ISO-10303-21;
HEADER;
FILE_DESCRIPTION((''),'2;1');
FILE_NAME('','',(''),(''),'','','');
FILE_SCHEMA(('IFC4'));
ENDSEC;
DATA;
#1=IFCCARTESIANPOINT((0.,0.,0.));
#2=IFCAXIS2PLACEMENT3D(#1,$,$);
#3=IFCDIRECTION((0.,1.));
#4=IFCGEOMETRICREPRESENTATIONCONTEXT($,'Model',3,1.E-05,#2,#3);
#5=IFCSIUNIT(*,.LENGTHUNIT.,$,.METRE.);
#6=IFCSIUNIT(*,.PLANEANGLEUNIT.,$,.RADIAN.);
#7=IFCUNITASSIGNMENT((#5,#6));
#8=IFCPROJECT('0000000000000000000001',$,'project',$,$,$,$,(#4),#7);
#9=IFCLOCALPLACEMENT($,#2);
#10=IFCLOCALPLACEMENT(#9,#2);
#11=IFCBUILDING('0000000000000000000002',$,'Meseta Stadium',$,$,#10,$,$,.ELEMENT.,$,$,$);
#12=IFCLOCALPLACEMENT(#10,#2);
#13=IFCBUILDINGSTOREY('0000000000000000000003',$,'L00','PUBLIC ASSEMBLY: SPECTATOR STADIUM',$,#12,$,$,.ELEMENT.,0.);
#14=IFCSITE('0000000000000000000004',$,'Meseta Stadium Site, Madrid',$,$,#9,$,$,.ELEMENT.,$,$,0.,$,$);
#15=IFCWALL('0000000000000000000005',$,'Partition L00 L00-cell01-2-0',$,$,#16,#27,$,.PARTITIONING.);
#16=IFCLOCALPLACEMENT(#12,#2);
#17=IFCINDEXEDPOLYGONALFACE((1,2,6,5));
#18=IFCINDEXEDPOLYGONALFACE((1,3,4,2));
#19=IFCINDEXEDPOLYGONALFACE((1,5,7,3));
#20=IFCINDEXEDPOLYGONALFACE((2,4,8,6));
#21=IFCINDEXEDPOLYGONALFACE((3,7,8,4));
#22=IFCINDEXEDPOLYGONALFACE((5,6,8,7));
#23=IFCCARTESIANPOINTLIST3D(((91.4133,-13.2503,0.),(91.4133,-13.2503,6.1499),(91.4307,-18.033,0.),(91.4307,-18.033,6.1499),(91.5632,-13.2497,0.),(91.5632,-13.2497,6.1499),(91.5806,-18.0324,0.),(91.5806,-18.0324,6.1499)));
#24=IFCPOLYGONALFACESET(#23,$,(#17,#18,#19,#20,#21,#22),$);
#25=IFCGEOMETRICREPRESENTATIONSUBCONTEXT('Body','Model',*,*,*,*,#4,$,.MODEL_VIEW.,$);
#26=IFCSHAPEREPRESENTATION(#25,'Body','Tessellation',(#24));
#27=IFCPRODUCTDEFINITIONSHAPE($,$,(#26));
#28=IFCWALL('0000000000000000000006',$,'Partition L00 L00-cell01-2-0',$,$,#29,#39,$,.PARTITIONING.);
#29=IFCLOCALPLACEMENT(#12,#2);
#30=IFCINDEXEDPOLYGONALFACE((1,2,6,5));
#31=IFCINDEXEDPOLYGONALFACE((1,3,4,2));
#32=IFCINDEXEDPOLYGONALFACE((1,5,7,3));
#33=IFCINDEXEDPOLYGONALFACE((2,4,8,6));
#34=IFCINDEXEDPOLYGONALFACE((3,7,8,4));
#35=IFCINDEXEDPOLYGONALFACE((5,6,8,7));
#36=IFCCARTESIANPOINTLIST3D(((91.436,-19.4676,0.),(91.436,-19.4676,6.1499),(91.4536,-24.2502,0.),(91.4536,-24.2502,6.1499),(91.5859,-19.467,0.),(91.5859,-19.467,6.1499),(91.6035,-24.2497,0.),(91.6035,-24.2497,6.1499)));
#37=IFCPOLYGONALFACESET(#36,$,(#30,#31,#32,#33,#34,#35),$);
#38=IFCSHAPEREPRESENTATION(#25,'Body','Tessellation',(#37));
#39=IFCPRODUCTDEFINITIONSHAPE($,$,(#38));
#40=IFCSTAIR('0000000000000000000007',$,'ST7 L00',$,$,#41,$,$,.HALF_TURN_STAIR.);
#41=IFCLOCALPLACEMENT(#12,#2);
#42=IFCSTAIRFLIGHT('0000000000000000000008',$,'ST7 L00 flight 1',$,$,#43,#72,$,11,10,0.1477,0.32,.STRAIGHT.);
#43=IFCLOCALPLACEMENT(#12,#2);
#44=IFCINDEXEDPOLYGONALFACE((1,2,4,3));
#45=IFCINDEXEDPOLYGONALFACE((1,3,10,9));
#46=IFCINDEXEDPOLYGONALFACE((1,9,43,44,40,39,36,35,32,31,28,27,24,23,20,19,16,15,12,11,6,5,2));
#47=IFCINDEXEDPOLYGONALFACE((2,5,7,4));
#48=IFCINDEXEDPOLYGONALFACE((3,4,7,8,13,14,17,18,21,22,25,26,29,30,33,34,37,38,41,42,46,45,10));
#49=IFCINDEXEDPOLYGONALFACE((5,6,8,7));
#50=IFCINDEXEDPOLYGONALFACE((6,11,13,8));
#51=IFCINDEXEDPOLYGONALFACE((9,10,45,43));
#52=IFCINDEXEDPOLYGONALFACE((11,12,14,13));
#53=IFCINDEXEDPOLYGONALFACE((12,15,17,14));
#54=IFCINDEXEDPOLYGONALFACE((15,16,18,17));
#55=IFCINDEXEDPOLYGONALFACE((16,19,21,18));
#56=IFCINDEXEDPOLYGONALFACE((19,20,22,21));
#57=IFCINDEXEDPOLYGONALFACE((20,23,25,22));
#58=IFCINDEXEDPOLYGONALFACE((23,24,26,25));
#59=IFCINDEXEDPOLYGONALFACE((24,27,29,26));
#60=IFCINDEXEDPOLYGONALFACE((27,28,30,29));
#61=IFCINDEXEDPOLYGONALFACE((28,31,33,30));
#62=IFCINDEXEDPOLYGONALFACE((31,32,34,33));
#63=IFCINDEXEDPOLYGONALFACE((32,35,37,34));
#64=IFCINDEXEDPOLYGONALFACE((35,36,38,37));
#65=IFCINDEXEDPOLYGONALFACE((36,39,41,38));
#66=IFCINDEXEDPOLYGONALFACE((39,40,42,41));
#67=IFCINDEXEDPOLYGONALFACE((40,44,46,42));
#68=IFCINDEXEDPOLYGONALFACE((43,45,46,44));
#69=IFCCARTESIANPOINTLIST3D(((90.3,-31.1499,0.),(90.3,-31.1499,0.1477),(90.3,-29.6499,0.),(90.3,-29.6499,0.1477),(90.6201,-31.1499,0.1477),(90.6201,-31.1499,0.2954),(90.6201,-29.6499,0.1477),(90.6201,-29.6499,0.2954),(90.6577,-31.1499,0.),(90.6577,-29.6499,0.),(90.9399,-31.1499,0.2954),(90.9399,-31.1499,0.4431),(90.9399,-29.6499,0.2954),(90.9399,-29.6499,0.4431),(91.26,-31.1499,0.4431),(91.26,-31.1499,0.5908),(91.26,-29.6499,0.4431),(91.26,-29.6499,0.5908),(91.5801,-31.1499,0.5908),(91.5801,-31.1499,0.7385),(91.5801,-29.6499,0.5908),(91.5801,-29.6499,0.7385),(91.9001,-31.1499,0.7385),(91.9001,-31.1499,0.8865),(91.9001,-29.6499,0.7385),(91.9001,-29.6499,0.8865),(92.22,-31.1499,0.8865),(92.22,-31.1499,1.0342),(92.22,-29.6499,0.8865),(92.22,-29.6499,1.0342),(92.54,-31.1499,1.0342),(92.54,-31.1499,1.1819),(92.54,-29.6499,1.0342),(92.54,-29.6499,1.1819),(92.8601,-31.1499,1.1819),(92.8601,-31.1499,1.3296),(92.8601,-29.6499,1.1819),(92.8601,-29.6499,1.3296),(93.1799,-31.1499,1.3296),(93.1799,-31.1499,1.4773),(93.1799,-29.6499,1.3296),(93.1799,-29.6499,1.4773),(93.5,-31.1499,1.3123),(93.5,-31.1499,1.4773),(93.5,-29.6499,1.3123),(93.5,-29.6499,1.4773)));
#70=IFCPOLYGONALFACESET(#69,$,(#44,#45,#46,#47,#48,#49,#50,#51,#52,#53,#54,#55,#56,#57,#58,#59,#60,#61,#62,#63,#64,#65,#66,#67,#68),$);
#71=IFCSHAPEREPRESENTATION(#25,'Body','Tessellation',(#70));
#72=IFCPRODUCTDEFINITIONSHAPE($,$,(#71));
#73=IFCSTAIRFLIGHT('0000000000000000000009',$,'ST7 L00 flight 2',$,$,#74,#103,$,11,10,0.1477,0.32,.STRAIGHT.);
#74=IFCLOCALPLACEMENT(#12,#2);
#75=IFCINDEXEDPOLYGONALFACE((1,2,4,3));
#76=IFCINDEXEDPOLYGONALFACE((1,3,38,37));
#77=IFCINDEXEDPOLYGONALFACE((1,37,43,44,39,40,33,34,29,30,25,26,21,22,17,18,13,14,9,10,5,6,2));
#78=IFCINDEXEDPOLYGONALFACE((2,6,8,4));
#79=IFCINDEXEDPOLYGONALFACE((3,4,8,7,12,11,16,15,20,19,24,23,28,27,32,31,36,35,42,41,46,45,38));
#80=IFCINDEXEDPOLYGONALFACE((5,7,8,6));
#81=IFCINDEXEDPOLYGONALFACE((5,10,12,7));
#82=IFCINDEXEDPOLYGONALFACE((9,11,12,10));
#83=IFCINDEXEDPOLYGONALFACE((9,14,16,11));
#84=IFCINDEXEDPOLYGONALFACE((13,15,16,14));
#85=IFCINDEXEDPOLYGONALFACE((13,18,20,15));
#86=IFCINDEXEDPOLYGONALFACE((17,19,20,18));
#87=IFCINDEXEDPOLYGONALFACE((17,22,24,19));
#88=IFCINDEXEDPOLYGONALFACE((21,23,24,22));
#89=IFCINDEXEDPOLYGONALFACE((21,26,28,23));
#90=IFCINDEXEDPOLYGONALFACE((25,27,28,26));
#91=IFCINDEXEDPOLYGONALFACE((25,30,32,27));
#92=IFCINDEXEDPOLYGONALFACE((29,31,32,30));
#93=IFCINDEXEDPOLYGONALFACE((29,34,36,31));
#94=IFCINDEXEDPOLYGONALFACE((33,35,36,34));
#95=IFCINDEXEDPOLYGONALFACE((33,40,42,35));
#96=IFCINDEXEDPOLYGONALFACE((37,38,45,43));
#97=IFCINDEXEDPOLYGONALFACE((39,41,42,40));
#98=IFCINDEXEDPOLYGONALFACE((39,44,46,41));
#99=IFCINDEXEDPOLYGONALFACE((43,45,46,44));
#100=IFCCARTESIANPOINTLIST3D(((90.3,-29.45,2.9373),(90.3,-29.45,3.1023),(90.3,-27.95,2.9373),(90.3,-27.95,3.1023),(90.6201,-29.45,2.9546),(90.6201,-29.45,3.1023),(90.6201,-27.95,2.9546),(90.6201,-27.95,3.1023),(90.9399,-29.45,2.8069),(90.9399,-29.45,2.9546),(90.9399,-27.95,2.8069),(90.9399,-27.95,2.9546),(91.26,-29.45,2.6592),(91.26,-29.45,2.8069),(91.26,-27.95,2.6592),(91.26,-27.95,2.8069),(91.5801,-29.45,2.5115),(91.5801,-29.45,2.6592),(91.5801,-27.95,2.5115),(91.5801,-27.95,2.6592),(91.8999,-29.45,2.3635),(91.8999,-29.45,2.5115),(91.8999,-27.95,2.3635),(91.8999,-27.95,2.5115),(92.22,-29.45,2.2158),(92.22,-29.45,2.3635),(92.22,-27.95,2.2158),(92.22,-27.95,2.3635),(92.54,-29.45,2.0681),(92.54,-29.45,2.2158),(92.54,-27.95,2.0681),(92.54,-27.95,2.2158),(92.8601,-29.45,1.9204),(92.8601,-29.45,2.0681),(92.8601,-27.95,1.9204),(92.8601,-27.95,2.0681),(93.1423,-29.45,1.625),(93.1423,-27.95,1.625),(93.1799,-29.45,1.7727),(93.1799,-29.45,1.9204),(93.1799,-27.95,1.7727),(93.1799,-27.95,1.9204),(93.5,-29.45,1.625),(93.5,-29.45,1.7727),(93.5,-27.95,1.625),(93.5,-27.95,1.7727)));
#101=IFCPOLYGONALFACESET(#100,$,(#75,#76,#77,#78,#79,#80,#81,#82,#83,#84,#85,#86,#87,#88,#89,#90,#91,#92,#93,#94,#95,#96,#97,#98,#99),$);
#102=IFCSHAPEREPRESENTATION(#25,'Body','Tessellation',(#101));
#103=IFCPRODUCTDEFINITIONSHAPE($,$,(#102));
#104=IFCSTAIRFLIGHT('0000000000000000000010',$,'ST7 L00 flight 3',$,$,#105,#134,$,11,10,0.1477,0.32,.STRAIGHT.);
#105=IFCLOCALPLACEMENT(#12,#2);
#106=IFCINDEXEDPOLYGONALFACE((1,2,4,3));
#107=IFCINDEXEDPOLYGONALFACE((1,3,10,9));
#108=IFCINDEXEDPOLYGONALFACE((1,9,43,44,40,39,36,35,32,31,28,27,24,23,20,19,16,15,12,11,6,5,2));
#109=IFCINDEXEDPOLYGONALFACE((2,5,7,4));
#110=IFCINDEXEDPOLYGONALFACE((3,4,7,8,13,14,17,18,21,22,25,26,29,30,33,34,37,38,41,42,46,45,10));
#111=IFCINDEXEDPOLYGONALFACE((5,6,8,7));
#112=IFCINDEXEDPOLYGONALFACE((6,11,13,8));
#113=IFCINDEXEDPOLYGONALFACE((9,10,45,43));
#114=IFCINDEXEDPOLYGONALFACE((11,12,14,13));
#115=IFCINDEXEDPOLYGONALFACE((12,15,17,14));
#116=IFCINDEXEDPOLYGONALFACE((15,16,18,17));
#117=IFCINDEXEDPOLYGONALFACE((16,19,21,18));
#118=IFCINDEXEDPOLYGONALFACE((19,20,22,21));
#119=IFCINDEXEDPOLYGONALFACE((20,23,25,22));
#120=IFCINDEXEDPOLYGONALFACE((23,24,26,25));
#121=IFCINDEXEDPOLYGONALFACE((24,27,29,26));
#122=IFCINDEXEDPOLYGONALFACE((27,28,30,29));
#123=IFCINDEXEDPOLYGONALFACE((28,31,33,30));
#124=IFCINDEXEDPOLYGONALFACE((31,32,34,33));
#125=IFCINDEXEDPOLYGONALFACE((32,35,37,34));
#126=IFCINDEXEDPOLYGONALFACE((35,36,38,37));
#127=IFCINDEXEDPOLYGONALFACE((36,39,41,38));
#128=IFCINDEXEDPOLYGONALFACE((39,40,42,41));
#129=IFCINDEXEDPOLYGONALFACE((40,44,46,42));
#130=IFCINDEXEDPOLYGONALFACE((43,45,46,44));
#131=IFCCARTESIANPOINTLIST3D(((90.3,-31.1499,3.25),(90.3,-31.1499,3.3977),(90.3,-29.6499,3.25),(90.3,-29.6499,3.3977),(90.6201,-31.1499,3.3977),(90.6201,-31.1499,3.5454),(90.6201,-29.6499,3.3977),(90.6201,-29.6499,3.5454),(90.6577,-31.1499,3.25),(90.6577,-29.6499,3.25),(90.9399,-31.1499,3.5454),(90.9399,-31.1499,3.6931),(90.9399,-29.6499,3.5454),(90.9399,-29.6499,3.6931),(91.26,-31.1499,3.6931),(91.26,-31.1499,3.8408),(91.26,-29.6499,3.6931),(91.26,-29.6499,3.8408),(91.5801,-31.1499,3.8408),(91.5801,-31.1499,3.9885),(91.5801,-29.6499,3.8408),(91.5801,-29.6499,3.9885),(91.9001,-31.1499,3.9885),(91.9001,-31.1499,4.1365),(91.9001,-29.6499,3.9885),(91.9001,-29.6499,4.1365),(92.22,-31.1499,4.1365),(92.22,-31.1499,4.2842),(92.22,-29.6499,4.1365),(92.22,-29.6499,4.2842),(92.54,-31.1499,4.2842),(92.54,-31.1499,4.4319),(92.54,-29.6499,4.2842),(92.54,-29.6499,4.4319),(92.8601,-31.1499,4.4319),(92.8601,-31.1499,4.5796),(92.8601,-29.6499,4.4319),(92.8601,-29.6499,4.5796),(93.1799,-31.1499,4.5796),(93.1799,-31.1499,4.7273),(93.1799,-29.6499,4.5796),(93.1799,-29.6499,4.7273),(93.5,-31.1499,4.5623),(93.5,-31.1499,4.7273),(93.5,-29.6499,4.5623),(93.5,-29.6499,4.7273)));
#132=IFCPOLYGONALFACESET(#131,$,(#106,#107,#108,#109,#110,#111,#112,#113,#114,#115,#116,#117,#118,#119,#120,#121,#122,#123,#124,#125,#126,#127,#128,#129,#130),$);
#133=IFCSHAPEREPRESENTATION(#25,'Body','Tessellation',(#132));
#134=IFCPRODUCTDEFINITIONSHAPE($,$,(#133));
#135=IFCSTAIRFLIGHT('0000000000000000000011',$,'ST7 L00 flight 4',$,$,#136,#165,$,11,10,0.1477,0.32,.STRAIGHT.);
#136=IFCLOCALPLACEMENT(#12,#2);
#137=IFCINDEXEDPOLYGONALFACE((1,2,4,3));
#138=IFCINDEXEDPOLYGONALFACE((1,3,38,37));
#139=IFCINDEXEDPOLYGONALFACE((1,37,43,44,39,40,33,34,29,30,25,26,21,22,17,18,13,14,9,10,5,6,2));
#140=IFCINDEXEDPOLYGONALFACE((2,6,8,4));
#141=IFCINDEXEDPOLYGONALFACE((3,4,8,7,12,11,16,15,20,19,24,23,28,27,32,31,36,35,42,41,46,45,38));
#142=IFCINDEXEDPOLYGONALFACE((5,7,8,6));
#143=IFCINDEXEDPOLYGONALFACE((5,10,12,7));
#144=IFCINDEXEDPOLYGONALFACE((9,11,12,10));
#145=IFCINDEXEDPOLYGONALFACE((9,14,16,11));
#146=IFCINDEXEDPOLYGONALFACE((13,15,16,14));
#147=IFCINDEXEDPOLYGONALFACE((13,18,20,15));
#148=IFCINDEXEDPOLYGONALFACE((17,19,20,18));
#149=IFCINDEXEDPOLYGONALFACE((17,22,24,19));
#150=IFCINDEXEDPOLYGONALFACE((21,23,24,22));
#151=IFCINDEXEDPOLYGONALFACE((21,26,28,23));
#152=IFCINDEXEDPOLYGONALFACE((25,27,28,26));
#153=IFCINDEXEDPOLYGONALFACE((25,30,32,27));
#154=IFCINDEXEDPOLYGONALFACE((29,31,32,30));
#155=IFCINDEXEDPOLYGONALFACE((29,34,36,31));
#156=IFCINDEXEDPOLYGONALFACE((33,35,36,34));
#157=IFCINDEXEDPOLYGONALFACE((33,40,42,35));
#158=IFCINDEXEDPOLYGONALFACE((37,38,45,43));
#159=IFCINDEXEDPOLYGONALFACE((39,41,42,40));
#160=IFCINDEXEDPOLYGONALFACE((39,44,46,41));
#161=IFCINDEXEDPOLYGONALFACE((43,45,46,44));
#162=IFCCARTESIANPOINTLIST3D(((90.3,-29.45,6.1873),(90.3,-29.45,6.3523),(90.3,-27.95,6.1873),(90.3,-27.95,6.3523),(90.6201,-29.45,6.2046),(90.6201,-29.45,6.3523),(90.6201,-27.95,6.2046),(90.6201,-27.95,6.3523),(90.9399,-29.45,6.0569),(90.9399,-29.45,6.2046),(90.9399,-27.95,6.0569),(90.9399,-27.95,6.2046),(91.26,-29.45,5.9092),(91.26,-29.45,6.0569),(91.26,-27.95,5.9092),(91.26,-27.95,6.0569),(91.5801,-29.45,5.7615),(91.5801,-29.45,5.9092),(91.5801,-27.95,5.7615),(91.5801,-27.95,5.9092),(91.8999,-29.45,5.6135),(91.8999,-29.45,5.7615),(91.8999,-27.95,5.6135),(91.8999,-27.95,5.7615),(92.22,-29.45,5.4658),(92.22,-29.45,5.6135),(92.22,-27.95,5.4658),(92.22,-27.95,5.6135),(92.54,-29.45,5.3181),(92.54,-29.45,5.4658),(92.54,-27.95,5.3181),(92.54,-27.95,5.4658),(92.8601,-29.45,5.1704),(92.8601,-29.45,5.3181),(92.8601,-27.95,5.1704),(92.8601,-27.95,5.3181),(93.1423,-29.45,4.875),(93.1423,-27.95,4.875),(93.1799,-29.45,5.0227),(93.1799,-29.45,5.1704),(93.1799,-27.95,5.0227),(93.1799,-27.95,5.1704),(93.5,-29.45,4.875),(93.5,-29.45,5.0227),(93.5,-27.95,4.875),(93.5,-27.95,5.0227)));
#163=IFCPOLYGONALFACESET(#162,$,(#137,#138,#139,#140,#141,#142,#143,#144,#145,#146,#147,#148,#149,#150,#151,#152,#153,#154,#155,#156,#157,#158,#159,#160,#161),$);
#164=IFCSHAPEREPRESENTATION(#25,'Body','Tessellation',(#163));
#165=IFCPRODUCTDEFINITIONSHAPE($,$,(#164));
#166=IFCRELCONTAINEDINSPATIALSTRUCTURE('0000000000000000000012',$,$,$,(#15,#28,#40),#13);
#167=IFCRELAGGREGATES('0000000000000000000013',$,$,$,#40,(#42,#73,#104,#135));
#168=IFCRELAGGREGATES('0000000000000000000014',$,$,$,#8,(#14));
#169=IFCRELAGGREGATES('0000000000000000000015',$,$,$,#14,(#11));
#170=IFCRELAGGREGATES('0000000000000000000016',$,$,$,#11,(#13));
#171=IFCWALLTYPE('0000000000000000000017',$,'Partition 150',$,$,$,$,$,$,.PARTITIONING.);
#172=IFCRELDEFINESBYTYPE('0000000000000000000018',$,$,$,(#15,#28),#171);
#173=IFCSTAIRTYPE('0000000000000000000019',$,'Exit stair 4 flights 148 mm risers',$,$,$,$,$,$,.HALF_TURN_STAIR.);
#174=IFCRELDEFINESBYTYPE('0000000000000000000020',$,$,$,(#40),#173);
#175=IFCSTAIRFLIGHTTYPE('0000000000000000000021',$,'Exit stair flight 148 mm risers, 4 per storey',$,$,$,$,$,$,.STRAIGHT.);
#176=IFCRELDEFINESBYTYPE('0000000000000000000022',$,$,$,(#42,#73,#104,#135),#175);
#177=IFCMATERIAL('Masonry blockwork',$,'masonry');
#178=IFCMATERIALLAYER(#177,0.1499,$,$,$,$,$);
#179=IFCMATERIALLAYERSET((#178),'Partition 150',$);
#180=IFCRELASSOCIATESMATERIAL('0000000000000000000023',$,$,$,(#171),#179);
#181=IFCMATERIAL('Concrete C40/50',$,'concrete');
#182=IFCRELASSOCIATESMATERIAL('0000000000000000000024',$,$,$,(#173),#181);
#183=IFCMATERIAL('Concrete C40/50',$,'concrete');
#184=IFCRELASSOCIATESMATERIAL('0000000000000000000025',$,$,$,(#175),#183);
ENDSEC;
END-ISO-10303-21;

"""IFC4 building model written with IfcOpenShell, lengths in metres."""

from ifc_helpers import new_model, si_unit, direction, frame, frame_2d, origin, place, context, subcontext, project, spatial, polyline, rectangle, outline, extrude, material, layer, layer_set, type_object, element, aggregate, save


model = new_model("IFC4")

# Units and contexts
model_context = context("Model", 3, precision=1e-05, world=origin(), true_north=direction((0.0, 1.0)))
body_context = subcontext(model_context, "Body", "Model", "MODEL_VIEW")
ifc_project = project(units=[si_unit("LENGTHUNIT", "METRE"), si_unit("PLANEANGLEUNIT", "RADIAN")], contexts=[model_context])

# Site, building, storey
site_placement = place(None, origin())
site = spatial("IfcSite", under=ifc_project, at=site_placement, Name="Meseta Stadium Site, Madrid", CompositionType="ELEMENT", RefElevation=0.0)
building_placement = place(site_placement, origin())
building = spatial("IfcBuilding", under=site, at=building_placement, Name="Meseta Stadium", CompositionType="ELEMENT")
storey_placement = place(building_placement, origin())
storey = spatial("IfcBuildingStorey", under=building, at=storey_placement, Name="L00", Description="PUBLIC ASSEMBLY: SPECTATOR STADIUM", CompositionType="ELEMENT", Elevation=0.0)

# Walls
ifc_material_1 = material(Name="Masonry blockwork", Category="masonry")
ifc_layer = layer(ifc_material_1, 0.1499)
ifc_layer_set = layer_set([ifc_layer], Name="Partition 150")
wall_type = type_object("IfcWallType", Name="Partition 150", PredefinedType="PARTITIONING", material=ifc_layer_set)
for number, where, z_axis, x_axis, name in (
    (1, (91.4883, -13.25, 0.0), (0.0, 0.0, 1.0), (0.003624, -0.999993, 0.0), "Partition L00 L00-cell01-2-0"),
    (2, (91.511, -19.4673, 0.0), (0.0, 0.0, 1.0), (0.003675, -0.999993, 0.0), "Partition L00 L00-cell01-2-0"),
):
    element("IfcWall", number, at=place(storey_placement, frame(where, z_axis=z_axis, x_axis=x_axis)), inside=storey, type_object=wall_type, Name=name, PredefinedType="PARTITIONING", context=body_context, shape_type="SweptSolid", body=[
        extrude(rectangle(XDim=4.7827, YDim=0.1499, at=frame_2d((2.3914, 0.0))), origin(), (0.0, 0.0, 1.0), 6.1499),
    ])

# Stair, stair flights
ifc_material_2 = material(Name="Concrete C40/50", Category="concrete")
stair_type = type_object("IfcStairType", Name="Exit stair 4 flights 148 mm risers", PredefinedType="HALF_TURN_STAIR", material=ifc_material_2)
stair_1_placement = place(storey_placement, origin())
stair_1 = element("IfcStair", 3, at=stair_1_placement, inside=storey, type_object=stair_type, Name="ST7 L00", PredefinedType="HALF_TURN_STAIR")
ifc_material_3 = material(Name="Concrete C40/50", Category="concrete")
stair_flight_type = type_object("IfcStairFlightType", Name="Exit stair flight 148 mm risers, 4 per storey", PredefinedType="STRAIGHT", material=ifc_material_3)
stair_flight_1_placement = place(storey_placement, frame((90.3, -30.3999, 0.0), z_axis=(0.0, 0.0, 1.0), x_axis=(1.0, 0.0, 0.0)))
stair_flight_1 = element("IfcStairFlight", 4, at=stair_flight_1_placement, type_object=stair_flight_type, Name="ST7 L00 flight 1", NumberOfRisers=11, NumberOfTreads=10, PredefinedType="STRAIGHT", RiserHeight=0.1477, TreadLength=0.32, context=body_context, shape_type="SweptSolid", body=[
    extrude(outline(polyline([(0.0, 0.0), (0.0, 0.1477), (0.3201, 0.1477), (0.3201, 0.2954), (0.6399, 0.2954), (0.6399, 0.4431), (0.96, 0.4431), (0.96, 0.5908), (1.28, 0.5908), (1.28, 0.7385), (1.6001, 0.7385), (1.6001, 0.8865), (1.9199, 0.8865), (1.9199, 1.0342), (2.24, 1.0342), (2.24, 1.1819), (2.5601, 1.1819), (2.5601, 1.3296), (2.8799, 1.3296), (2.8799, 1.4773), (3.2, 1.4773), (3.2, 1.3123), (0.3577, 0.0), (0.0, 0.0)])), frame((0.0, 0.75, 0.0), z_axis=(0.0, -1.0, 0.0), x_axis=(1.0, 0.0, 0.0)), (0.0, 0.0, 1.0), 1.5),
])
stair_flight_2_placement = place(storey_placement, frame((93.5, -28.7, 1.625), z_axis=(0.0, 0.0, 1.0), x_axis=(-1.0, 0.0, 0.0)))
stair_flight_2 = element("IfcStairFlight", 5, at=stair_flight_2_placement, type_object=stair_flight_type, Name="ST7 L00 flight 2", NumberOfRisers=11, NumberOfTreads=10, PredefinedType="STRAIGHT", RiserHeight=0.1477, TreadLength=0.32, context=body_context, shape_type="SweptSolid", body=[
    extrude(outline(polyline([(0.0, 0.0), (0.0, 0.1477), (0.3201, 0.1477), (0.3201, 0.2954), (0.6399, 0.2954), (0.6399, 0.4431), (0.96, 0.4431), (0.96, 0.5908), (1.28, 0.5908), (1.28, 0.7385), (1.6001, 0.7385), (1.6001, 0.8865), (1.9199, 0.8865), (1.9199, 1.0342), (2.24, 1.0342), (2.24, 1.1819), (2.5601, 1.1819), (2.5601, 1.3296), (2.8799, 1.3296), (2.8799, 1.4773), (3.2, 1.4773), (3.2, 1.3123), (0.3577, 0.0), (0.0, 0.0)])), frame((0.0, 0.75, 0.0), z_axis=(0.0, -1.0, 0.0), x_axis=(1.0, 0.0, 0.0)), (0.0, 0.0, 1.0), 1.5),
])
stair_flight_3_placement = place(storey_placement, frame((90.3, -30.3999, 3.25), z_axis=(0.0, 0.0, 1.0), x_axis=(1.0, 0.0, 0.0)))
stair_flight_3 = element("IfcStairFlight", 6, at=stair_flight_3_placement, type_object=stair_flight_type, Name="ST7 L00 flight 3", NumberOfRisers=11, NumberOfTreads=10, PredefinedType="STRAIGHT", RiserHeight=0.1477, TreadLength=0.32, context=body_context, shape_type="SweptSolid", body=[
    extrude(outline(polyline([(0.0, 0.0), (0.0, 0.1477), (0.3201, 0.1477), (0.3201, 0.2954), (0.6399, 0.2954), (0.6399, 0.4431), (0.96, 0.4431), (0.96, 0.5908), (1.28, 0.5908), (1.28, 0.7385), (1.6001, 0.7385), (1.6001, 0.8865), (1.9199, 0.8865), (1.9199, 1.0342), (2.24, 1.0342), (2.24, 1.1819), (2.5601, 1.1819), (2.5601, 1.3296), (2.8799, 1.3296), (2.8799, 1.4773), (3.2, 1.4773), (3.2, 1.3123), (0.3577, 0.0), (0.0, 0.0)])), frame((0.0, 0.75, 0.0), z_axis=(0.0, -1.0, 0.0), x_axis=(1.0, 0.0, 0.0)), (0.0, 0.0, 1.0), 1.5),
])
stair_flight_4_placement = place(storey_placement, frame((93.5, -28.7, 4.875), z_axis=(0.0, 0.0, 1.0), x_axis=(-1.0, 0.0, 0.0)))
stair_flight_4 = element("IfcStairFlight", 7, at=stair_flight_4_placement, type_object=stair_flight_type, Name="ST7 L00 flight 4", NumberOfRisers=11, NumberOfTreads=10, PredefinedType="STRAIGHT", RiserHeight=0.1477, TreadLength=0.32, context=body_context, shape_type="SweptSolid", body=[
    extrude(outline(polyline([(0.0, 0.0), (0.0, 0.1477), (0.3201, 0.1477), (0.3201, 0.2954), (0.6399, 0.2954), (0.6399, 0.4431), (0.96, 0.4431), (0.96, 0.5908), (1.28, 0.5908), (1.28, 0.7385), (1.6001, 0.7385), (1.6001, 0.8865), (1.9199, 0.8865), (1.9199, 1.0342), (2.24, 1.0342), (2.24, 1.1819), (2.5601, 1.1819), (2.5601, 1.3296), (2.8799, 1.3296), (2.8799, 1.4773), (3.2, 1.4773), (3.2, 1.3123), (0.3577, 0.0), (0.0, 0.0)])), frame((0.0, 0.75, 0.0), z_axis=(0.0, -1.0, 0.0), x_axis=(1.0, 0.0, 0.0)), (0.0, 0.0, 1.0), 1.5),
])
aggregate(stair_1, [stair_flight_1, stair_flight_2, stair_flight_3, stair_flight_4])

save(model, "model.ifc")
